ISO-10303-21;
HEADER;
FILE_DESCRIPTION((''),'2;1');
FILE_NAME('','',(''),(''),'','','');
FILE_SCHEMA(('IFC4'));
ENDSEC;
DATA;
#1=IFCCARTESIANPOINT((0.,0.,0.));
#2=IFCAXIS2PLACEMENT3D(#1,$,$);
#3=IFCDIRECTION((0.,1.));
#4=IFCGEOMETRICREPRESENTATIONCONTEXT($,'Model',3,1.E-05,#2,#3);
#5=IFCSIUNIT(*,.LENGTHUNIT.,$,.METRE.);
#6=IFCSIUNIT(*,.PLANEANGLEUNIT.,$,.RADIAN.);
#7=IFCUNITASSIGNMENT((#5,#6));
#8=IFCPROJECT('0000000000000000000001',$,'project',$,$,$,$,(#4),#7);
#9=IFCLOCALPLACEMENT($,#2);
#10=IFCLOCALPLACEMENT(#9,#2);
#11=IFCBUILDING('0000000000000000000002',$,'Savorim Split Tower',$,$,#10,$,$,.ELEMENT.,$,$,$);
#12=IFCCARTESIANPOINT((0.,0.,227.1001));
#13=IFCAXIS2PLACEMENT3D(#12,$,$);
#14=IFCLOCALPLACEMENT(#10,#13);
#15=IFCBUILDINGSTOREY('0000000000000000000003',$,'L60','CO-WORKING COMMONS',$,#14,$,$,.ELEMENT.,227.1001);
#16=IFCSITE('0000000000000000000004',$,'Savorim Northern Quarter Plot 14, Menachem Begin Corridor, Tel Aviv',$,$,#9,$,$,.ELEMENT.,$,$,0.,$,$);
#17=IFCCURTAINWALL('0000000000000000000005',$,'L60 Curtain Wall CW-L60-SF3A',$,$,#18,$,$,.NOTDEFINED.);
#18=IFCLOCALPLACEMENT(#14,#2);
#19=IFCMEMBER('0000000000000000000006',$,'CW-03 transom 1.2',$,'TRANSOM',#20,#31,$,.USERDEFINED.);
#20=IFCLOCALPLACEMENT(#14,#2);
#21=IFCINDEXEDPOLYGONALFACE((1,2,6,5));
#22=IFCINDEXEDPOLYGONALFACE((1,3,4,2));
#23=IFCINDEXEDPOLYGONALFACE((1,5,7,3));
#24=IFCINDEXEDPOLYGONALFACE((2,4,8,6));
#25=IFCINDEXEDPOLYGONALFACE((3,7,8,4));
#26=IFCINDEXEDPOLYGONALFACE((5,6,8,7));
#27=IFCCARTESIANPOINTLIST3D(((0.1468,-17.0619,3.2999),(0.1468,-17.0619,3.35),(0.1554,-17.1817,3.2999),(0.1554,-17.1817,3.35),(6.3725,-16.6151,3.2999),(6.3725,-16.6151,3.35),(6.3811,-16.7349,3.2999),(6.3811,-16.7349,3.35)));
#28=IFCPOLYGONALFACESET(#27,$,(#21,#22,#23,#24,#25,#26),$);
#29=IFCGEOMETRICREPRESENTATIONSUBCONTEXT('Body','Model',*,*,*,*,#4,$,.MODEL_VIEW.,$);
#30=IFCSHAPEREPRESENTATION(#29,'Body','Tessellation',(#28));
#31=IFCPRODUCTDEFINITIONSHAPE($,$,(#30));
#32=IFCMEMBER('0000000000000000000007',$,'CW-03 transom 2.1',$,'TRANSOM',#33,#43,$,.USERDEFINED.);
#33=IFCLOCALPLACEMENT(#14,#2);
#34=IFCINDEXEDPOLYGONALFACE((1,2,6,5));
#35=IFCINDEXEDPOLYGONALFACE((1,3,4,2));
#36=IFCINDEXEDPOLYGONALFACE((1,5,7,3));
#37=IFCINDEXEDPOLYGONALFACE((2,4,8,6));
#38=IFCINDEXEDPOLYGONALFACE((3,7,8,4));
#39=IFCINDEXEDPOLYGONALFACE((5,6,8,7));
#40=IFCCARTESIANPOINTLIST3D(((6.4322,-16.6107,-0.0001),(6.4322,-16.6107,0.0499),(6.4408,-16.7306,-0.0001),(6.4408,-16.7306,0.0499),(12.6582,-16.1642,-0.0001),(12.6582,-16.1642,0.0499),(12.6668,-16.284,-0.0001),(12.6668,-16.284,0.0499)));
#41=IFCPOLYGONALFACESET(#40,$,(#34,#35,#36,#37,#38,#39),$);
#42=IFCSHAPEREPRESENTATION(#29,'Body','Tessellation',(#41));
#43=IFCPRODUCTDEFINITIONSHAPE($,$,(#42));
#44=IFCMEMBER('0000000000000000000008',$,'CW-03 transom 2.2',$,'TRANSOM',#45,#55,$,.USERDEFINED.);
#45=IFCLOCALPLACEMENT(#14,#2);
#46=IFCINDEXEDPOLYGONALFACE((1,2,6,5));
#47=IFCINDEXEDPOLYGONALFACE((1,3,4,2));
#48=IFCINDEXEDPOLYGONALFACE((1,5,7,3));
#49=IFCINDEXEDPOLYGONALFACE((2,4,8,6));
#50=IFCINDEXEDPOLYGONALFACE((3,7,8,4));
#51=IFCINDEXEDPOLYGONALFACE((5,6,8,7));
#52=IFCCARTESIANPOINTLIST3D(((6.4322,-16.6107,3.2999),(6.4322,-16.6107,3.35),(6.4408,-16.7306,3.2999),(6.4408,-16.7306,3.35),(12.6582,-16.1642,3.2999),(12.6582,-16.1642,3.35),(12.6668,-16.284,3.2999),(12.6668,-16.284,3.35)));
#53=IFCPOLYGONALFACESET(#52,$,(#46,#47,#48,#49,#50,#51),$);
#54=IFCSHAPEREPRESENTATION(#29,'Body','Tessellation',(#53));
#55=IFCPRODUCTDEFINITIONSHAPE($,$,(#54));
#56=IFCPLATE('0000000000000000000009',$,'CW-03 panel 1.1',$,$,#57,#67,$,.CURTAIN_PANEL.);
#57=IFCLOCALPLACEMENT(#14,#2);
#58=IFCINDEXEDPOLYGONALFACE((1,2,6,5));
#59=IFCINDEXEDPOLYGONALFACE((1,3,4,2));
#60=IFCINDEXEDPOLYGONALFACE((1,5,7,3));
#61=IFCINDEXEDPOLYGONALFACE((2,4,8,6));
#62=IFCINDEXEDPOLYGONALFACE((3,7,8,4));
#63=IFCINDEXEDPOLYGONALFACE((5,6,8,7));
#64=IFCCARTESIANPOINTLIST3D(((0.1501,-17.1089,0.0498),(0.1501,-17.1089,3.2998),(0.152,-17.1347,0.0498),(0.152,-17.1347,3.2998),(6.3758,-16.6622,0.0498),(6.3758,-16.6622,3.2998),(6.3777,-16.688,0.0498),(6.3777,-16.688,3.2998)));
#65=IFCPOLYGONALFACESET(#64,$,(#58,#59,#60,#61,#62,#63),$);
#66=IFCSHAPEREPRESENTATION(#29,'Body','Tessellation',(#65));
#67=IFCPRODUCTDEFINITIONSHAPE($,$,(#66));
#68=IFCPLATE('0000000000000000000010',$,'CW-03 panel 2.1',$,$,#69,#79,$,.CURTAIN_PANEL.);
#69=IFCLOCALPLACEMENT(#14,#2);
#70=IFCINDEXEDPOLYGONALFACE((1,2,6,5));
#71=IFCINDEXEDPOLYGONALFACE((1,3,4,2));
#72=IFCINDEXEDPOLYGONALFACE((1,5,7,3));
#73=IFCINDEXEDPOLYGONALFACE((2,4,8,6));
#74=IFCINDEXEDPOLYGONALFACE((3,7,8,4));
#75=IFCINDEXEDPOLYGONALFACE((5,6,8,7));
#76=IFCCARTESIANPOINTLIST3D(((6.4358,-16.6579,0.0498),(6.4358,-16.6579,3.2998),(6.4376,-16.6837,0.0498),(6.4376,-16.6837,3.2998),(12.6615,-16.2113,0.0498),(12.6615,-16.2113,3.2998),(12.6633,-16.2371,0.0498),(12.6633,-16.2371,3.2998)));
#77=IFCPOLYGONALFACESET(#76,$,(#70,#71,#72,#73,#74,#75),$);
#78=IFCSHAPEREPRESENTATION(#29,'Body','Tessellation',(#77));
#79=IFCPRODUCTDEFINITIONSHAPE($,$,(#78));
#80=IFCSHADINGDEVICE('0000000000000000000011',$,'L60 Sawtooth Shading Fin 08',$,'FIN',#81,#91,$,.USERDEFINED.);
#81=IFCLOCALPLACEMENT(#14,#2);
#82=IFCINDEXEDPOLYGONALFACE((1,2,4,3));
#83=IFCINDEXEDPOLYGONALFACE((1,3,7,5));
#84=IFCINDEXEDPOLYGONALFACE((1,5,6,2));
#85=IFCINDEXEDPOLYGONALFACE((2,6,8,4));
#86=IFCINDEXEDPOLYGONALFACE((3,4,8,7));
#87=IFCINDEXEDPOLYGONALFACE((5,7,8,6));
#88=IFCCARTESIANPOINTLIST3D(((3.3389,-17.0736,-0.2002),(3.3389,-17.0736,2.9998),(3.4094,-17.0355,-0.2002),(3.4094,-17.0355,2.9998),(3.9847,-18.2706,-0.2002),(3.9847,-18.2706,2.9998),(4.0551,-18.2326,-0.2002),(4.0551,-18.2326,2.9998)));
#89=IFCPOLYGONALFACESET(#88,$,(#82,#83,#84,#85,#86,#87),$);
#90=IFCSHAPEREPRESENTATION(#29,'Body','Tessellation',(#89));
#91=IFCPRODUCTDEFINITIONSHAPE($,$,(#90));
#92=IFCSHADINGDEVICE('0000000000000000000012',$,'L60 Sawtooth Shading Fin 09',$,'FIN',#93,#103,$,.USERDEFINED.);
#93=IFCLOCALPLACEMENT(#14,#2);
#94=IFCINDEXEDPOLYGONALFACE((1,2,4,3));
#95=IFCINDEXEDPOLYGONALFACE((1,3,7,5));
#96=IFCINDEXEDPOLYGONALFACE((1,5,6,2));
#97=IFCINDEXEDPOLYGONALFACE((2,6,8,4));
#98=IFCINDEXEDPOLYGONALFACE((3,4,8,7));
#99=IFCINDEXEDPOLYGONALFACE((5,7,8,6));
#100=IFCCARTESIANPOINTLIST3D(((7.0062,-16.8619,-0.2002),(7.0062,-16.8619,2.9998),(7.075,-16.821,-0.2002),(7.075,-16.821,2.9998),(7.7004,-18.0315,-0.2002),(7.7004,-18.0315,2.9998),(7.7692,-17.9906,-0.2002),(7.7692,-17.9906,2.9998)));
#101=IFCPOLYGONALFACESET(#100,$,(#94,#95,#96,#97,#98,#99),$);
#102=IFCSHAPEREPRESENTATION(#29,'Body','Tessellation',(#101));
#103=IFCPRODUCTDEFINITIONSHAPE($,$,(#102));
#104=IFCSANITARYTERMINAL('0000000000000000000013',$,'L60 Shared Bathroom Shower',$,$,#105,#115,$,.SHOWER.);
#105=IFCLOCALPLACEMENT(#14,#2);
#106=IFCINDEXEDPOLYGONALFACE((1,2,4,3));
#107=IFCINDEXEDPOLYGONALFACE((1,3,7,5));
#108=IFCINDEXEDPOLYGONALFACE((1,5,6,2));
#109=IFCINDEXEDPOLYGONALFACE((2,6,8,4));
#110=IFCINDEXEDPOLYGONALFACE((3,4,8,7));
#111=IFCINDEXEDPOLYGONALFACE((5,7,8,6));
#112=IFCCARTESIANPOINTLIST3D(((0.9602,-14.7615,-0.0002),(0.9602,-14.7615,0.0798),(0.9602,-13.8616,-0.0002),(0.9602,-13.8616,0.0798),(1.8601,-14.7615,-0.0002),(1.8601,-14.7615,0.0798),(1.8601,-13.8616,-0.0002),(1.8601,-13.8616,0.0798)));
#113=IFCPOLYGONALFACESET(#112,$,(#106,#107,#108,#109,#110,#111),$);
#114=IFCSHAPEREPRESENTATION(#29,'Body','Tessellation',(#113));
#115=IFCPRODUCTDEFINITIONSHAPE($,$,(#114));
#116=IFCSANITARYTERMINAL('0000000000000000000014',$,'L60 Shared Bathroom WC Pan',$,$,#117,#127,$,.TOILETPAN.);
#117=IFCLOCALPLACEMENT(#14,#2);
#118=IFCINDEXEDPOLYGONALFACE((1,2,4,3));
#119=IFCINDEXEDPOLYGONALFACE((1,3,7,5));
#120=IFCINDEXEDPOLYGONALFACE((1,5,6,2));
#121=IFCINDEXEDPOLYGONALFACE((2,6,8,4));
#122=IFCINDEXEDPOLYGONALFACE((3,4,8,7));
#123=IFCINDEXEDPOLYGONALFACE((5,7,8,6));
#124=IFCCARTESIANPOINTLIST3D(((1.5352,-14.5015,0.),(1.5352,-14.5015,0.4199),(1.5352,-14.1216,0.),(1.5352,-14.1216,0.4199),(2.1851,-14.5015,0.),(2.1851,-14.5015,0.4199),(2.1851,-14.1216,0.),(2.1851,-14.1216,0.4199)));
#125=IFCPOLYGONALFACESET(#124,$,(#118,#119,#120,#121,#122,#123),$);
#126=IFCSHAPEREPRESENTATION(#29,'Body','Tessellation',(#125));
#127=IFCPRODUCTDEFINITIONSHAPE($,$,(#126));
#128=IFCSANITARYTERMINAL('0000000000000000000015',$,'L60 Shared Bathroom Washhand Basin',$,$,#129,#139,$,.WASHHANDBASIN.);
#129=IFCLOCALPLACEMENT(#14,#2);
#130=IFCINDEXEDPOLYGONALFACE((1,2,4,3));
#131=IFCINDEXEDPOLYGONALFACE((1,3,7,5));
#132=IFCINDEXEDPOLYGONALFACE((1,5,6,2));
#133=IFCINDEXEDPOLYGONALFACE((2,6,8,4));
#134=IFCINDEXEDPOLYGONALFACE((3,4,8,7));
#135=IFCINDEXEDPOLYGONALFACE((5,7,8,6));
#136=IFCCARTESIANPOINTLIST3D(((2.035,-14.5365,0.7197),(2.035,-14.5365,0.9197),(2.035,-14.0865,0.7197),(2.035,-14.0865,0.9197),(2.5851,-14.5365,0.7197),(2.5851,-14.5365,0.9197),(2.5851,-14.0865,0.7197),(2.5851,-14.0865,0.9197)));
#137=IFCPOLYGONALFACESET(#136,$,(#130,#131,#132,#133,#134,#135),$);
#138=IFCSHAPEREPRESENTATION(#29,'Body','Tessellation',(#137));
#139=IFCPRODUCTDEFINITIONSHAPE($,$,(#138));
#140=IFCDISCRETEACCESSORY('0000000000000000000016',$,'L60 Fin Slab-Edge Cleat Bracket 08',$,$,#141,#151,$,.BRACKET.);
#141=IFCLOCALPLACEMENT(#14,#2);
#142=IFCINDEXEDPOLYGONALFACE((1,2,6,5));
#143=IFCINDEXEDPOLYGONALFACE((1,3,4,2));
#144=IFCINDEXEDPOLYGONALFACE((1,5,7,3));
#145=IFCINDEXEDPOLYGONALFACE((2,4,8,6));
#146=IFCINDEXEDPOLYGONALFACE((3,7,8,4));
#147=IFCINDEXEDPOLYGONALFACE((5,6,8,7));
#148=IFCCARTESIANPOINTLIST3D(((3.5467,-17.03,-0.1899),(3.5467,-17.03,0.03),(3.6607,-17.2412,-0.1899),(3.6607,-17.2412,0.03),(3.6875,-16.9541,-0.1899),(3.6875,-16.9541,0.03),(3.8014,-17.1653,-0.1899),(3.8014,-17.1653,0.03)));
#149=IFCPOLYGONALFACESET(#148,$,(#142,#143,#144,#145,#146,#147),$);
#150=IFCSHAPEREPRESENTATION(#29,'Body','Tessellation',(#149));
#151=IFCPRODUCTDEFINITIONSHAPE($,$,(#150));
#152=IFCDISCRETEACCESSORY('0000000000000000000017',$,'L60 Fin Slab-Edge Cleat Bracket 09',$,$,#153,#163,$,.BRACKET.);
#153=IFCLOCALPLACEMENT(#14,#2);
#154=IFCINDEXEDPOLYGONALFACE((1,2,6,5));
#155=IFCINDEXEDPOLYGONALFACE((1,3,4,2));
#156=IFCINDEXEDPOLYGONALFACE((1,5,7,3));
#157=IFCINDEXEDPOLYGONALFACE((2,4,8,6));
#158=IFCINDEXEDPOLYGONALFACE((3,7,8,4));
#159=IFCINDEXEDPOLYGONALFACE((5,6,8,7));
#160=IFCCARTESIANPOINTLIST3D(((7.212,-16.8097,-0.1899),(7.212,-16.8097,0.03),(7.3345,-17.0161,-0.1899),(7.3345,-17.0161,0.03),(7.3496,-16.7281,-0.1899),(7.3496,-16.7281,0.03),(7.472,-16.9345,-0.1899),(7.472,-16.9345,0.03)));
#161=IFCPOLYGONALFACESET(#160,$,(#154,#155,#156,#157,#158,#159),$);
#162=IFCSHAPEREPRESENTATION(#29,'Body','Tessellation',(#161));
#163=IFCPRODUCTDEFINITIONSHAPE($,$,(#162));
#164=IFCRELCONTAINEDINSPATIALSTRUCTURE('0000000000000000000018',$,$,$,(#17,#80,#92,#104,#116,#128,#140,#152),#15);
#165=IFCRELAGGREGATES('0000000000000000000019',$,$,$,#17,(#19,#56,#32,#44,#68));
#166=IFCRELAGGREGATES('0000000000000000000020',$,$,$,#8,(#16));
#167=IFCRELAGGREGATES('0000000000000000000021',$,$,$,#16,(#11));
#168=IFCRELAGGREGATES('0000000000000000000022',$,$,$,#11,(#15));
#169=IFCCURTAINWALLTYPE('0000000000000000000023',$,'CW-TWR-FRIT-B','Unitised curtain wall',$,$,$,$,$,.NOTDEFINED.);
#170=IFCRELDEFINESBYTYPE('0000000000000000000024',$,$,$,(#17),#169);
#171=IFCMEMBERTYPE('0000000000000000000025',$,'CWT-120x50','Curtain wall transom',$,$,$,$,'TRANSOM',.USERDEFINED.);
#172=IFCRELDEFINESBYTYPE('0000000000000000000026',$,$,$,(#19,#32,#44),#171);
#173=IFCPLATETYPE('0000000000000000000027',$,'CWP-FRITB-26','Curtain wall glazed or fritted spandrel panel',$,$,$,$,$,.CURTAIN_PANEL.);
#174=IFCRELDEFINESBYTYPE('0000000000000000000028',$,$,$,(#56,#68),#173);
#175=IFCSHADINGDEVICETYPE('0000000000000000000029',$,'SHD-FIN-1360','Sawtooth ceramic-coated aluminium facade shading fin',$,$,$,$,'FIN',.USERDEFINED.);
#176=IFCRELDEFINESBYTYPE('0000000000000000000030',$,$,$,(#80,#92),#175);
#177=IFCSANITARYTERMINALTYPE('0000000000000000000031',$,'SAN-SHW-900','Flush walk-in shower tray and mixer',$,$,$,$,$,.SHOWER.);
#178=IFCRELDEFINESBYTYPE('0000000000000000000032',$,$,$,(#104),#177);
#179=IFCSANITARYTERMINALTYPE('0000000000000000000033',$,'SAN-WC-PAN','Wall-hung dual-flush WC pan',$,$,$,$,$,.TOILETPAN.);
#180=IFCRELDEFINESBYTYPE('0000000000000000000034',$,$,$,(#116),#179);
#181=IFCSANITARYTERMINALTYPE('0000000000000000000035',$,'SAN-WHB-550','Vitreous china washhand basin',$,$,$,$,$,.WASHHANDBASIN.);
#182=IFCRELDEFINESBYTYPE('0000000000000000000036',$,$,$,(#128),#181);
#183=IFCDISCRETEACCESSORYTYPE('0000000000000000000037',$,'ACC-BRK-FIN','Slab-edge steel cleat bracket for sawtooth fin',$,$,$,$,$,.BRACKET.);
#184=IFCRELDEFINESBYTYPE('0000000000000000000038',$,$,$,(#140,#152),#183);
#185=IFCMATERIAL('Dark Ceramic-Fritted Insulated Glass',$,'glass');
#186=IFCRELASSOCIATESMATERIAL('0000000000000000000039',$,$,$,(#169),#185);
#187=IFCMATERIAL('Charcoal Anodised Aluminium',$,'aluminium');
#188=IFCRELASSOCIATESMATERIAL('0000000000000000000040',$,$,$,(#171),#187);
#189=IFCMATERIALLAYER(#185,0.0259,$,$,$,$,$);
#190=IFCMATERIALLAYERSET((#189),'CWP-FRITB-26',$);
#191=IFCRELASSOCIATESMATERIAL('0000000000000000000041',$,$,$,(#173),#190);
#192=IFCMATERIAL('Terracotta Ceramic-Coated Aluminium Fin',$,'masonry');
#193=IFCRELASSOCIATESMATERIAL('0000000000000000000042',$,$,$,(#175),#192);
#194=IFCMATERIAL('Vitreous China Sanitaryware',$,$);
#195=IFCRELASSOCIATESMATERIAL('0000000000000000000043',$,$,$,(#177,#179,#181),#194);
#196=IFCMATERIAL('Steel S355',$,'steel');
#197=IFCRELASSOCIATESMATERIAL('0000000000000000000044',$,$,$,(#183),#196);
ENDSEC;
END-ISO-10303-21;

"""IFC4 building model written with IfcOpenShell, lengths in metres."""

from ifc_helpers import new_model, si_unit, direction, frame, origin, origin_2d, place, context, subcontext, project, spatial, rectangle, extrude, material, layer, layer_set, material_profile, profile_set, type_object, element, aggregate, save


model = new_model("IFC4")

# Units and contexts
model_context = context("Model", 3, precision=1e-05, world=origin(), true_north=direction((0.0, 1.0)))
body_context = subcontext(model_context, "Body", "Model", "MODEL_VIEW")
ifc_project = project(units=[si_unit("LENGTHUNIT", "METRE"), si_unit("PLANEANGLEUNIT", "RADIAN")], contexts=[model_context])

# Site, building, storey
site_placement = place(None, origin())
site = spatial("IfcSite", under=ifc_project, at=site_placement, Name="Savorim Northern Quarter Plot 14, Menachem Begin Corridor, Tel Aviv", CompositionType="ELEMENT", RefElevation=0.0)
building_placement = place(site_placement, origin())
building = spatial("IfcBuilding", under=site, at=building_placement, Name="Savorim Split Tower", CompositionType="ELEMENT")
storey_placement = place(building_placement, frame((0.0, 0.0, 227.1001)))
storey = spatial("IfcBuildingStorey", under=building, at=storey_placement, Name="L60", Description="CO-WORKING COMMONS", CompositionType="ELEMENT", Elevation=227.1001)

# Shared definitions
ifc_material_1 = material(Name="Steel S355", Category="steel")

# Curtain wall, members, plates
ifc_material_2 = material(Name="Dark Ceramic-Fritted Insulated Glass", Category="glass")
curtain_wall_type = type_object("IfcCurtainWallType", Name="CW-TWR-FRIT-B", Description="Unitised curtain wall", PredefinedType="NOTDEFINED", material=ifc_material_2)
curtain_wall_placement = place(storey_placement, origin())
curtain_wall = element("IfcCurtainWall", 1, at=curtain_wall_placement, inside=storey, type_object=curtain_wall_type, Name="L60 Curtain Wall CW-L60-SF3A", PredefinedType="NOTDEFINED")
ifc_material_3 = material(Name="Charcoal Anodised Aluminium", Category="aluminium")
ifc_material_profile_1 = material_profile(ifc_material_3, rectangle(XDim=0.1201, YDim=0.05, at=origin_2d()), Name="ALU-T 120x50")
ifc_profile_set_1 = profile_set([ifc_material_profile_1], Name="Charcoal Anodised Aluminium")
member_type_1 = type_object("IfcMemberType", Name="CWT-120x50", Description="Curtain wall transom", ElementType="TRANSOM", PredefinedType="USERDEFINED", material=ifc_profile_set_1)
member_1_placement = place(storey_placement, frame((0.1511, -17.1218, 3.325), z_axis=(0.997435, 0.071581, 0.0), x_axis=(-0.071581, 0.997435, 0.0)))
member_1 = element("IfcMember", 2, at=member_1_placement, type_object=member_type_1, Name="CW-03 transom 1.2", ObjectType="TRANSOM", PredefinedType="USERDEFINED", context=body_context, shape_type="SweptSolid", body=[
    extrude(rectangle(XDim=0.1201, YDim=0.05, at=origin_2d()), origin(), (0.0, 0.0, 1.0), 6.2417),
])
member_2_placement = place(storey_placement, frame((6.4365, -16.6707, 0.0249), z_axis=(0.997438, 0.071539, 0.0), x_axis=(-0.071539, 0.997438, 0.0)))
member_2 = element("IfcMember", 3, at=member_2_placement, type_object=member_type_1, Name="CW-03 transom 2.1", ObjectType="TRANSOM", PredefinedType="USERDEFINED", context=body_context, shape_type="SweptSolid", body=[
    extrude(rectangle(XDim=0.1201, YDim=0.05, at=origin_2d()), origin(), (0.0, 0.0, 1.0), 6.2419),
])
member_3_placement = place(storey_placement, frame((6.4365, -16.6707, 3.325), z_axis=(0.997438, 0.071539, 0.0), x_axis=(-0.071539, 0.997438, 0.0)))
member_3 = element("IfcMember", 4, at=member_3_placement, type_object=member_type_1, Name="CW-03 transom 2.2", ObjectType="TRANSOM", PredefinedType="USERDEFINED", context=body_context, shape_type="SweptSolid", body=[
    extrude(rectangle(XDim=0.1201, YDim=0.05, at=origin_2d()), origin(), (0.0, 0.0, 1.0), 6.2419),
])
ifc_layer = layer(ifc_material_2, 0.0259)
ifc_layer_set = layer_set([ifc_layer], Name="CWP-FRITB-26")
plate_type = type_object("IfcPlateType", Name="CWP-FRITB-26", Description="Curtain wall glazed or fritted spandrel panel", PredefinedType="CURTAIN_PANEL", material=ifc_layer_set)
plate_1_placement = place(storey_placement, frame((3.2639, -16.8984, 0.0498), z_axis=(0.0, 0.0, 1.0), x_axis=(0.997436, 0.07156, 0.0)))
plate_1 = element("IfcPlate", 5, at=plate_1_placement, type_object=plate_type, Name="CW-03 panel 1.1", PredefinedType="CURTAIN_PANEL", context=body_context, shape_type="SweptSolid", body=[
    extrude(rectangle(XDim=6.2417, YDim=0.0259, at=origin_2d()), origin(), (0.0, 0.0, 1.0), 3.25),
])
plate_2_placement = place(storey_placement, frame((9.5496, -16.4475, 0.0498), z_axis=(0.0, 0.0, 1.0), x_axis=(0.997436, 0.07156, 0.0)))
plate_2 = element("IfcPlate", 6, at=plate_2_placement, type_object=plate_type, Name="CW-03 panel 2.1", PredefinedType="CURTAIN_PANEL", context=body_context, shape_type="SweptSolid", body=[
    extrude(rectangle(XDim=6.2417, YDim=0.0259, at=origin_2d()), origin(), (0.0, 0.0, 1.0), 3.25),
])
aggregate(curtain_wall, [member_1, plate_1, member_2, member_3, plate_2])

# Shading devices
ifc_material_4 = material(Name="Terracotta Ceramic-Coated Aluminium Fin", Category="masonry")
shading_device_type = type_object("IfcShadingDeviceType", Name="SHD-FIN-1360", Description="Sawtooth ceramic-coated aluminium facade shading fin", ElementType="FIN", PredefinedType="USERDEFINED", material=ifc_material_4)
for number, where, z_axis, x_axis, name in (
    (7, (3.697, -17.6531, -0.2002), (0.0, 0.0, 1.0), (0.474778, -0.880106, 0.0), "L60 Sawtooth Shading Fin 08"),
    (8, (7.3877, -17.4263, -0.2002), (0.0, 0.0, 1.0), (0.510391, -0.859942, 0.0), "L60 Sawtooth Shading Fin 09"),
):
    element("IfcShadingDevice", number, at=place(storey_placement, frame(where, z_axis=z_axis, x_axis=x_axis)), inside=storey, type_object=shading_device_type, Name=name, ObjectType="FIN", PredefinedType="USERDEFINED", context=body_context, shape_type="SweptSolid", body=[
        extrude(rectangle(XDim=1.3601, YDim=0.0801, at=origin_2d()), origin(), (0.0, 0.0, 1.0), 3.2),
    ])

# Sanitary terminals
ifc_material_5 = material(Name="Vitreous China Sanitaryware")
sanitary_terminal_type_1 = type_object("IfcSanitaryTerminalType", Name="SAN-SHW-900", Description="Flush walk-in shower tray and mixer", PredefinedType="SHOWER", material=ifc_material_5)
sanitary_terminal_1_placement = place(storey_placement, frame((1.4102, -14.3115, -0.0002), z_axis=(0.0, 0.0, 1.0), x_axis=(1.0, 0.0, 0.0)))
element("IfcSanitaryTerminal", 9, at=sanitary_terminal_1_placement, inside=storey, type_object=sanitary_terminal_type_1, Name="L60 Shared Bathroom Shower", PredefinedType="SHOWER", context=body_context, shape_type="SweptSolid", body=[
    extrude(rectangle(XDim=0.8999, YDim=0.8999, at=origin_2d()), origin(), (0.0, 0.0, 1.0), 0.0801),
])
sanitary_terminal_type_2 = type_object("IfcSanitaryTerminalType", Name="SAN-WC-PAN", Description="Wall-hung dual-flush WC pan", PredefinedType="TOILETPAN", material=ifc_material_5)
sanitary_terminal_2_placement = place(storey_placement, frame((1.8601, -14.3115, 0.0), z_axis=(0.0, 0.0, 1.0), x_axis=(1.0, 0.0, 0.0)))
element("IfcSanitaryTerminal", 10, at=sanitary_terminal_2_placement, inside=storey, type_object=sanitary_terminal_type_2, Name="L60 Shared Bathroom WC Pan", PredefinedType="TOILETPAN", context=body_context, shape_type="SweptSolid", body=[
    extrude(rectangle(XDim=0.6499, YDim=0.3799, at=origin_2d()), origin(), (0.0, 0.0, 1.0), 0.4199),
])
sanitary_terminal_type_3 = type_object("IfcSanitaryTerminalType", Name="SAN-WHB-550", Description="Vitreous china washhand basin", PredefinedType="WASHHANDBASIN", material=ifc_material_5)
sanitary_terminal_3_placement = place(storey_placement, frame((2.3101, -14.3115, 0.7197), z_axis=(0.0, 0.0, 1.0), x_axis=(1.0, 0.0, 0.0)))
element("IfcSanitaryTerminal", 11, at=sanitary_terminal_3_placement, inside=storey, type_object=sanitary_terminal_type_3, Name="L60 Shared Bathroom Washhand Basin", PredefinedType="WASHHANDBASIN", context=body_context, shape_type="SweptSolid", body=[
    extrude(rectangle(XDim=0.55, YDim=0.45, at=origin_2d()), origin(), (0.0, 0.0, 1.0), 0.2),
])

# Discrete accessories
discrete_accessory_type = type_object("IfcDiscreteAccessoryType", Name="ACC-BRK-FIN", Description="Slab-edge steel cleat bracket for sawtooth fin", PredefinedType="BRACKET", material=ifc_material_1)
for number, where, z_axis, x_axis, name in (
    (12, (3.6741, -17.0977, -0.1899), (0.0, 0.0, 1.0), (0.474778, -0.880106, 0.0), "L60 Fin Slab-Edge Cleat Bracket 08"),
    (13, (7.342, -16.8721, -0.1899), (0.0, 0.0, 1.0), (0.510391, -0.859942, 0.0), "L60 Fin Slab-Edge Cleat Bracket 09"),
):
    element("IfcDiscreteAccessory", number, at=place(storey_placement, frame(where, z_axis=z_axis, x_axis=x_axis)), inside=storey, type_object=discrete_accessory_type, Name=name, PredefinedType="BRACKET", context=body_context, shape_type="SweptSolid", body=[
        extrude(rectangle(XDim=0.24, YDim=0.1599, at=origin_2d()), origin(), (0.0, 0.0, 1.0), 0.22),
    ])

save(model, "model.ifc")
